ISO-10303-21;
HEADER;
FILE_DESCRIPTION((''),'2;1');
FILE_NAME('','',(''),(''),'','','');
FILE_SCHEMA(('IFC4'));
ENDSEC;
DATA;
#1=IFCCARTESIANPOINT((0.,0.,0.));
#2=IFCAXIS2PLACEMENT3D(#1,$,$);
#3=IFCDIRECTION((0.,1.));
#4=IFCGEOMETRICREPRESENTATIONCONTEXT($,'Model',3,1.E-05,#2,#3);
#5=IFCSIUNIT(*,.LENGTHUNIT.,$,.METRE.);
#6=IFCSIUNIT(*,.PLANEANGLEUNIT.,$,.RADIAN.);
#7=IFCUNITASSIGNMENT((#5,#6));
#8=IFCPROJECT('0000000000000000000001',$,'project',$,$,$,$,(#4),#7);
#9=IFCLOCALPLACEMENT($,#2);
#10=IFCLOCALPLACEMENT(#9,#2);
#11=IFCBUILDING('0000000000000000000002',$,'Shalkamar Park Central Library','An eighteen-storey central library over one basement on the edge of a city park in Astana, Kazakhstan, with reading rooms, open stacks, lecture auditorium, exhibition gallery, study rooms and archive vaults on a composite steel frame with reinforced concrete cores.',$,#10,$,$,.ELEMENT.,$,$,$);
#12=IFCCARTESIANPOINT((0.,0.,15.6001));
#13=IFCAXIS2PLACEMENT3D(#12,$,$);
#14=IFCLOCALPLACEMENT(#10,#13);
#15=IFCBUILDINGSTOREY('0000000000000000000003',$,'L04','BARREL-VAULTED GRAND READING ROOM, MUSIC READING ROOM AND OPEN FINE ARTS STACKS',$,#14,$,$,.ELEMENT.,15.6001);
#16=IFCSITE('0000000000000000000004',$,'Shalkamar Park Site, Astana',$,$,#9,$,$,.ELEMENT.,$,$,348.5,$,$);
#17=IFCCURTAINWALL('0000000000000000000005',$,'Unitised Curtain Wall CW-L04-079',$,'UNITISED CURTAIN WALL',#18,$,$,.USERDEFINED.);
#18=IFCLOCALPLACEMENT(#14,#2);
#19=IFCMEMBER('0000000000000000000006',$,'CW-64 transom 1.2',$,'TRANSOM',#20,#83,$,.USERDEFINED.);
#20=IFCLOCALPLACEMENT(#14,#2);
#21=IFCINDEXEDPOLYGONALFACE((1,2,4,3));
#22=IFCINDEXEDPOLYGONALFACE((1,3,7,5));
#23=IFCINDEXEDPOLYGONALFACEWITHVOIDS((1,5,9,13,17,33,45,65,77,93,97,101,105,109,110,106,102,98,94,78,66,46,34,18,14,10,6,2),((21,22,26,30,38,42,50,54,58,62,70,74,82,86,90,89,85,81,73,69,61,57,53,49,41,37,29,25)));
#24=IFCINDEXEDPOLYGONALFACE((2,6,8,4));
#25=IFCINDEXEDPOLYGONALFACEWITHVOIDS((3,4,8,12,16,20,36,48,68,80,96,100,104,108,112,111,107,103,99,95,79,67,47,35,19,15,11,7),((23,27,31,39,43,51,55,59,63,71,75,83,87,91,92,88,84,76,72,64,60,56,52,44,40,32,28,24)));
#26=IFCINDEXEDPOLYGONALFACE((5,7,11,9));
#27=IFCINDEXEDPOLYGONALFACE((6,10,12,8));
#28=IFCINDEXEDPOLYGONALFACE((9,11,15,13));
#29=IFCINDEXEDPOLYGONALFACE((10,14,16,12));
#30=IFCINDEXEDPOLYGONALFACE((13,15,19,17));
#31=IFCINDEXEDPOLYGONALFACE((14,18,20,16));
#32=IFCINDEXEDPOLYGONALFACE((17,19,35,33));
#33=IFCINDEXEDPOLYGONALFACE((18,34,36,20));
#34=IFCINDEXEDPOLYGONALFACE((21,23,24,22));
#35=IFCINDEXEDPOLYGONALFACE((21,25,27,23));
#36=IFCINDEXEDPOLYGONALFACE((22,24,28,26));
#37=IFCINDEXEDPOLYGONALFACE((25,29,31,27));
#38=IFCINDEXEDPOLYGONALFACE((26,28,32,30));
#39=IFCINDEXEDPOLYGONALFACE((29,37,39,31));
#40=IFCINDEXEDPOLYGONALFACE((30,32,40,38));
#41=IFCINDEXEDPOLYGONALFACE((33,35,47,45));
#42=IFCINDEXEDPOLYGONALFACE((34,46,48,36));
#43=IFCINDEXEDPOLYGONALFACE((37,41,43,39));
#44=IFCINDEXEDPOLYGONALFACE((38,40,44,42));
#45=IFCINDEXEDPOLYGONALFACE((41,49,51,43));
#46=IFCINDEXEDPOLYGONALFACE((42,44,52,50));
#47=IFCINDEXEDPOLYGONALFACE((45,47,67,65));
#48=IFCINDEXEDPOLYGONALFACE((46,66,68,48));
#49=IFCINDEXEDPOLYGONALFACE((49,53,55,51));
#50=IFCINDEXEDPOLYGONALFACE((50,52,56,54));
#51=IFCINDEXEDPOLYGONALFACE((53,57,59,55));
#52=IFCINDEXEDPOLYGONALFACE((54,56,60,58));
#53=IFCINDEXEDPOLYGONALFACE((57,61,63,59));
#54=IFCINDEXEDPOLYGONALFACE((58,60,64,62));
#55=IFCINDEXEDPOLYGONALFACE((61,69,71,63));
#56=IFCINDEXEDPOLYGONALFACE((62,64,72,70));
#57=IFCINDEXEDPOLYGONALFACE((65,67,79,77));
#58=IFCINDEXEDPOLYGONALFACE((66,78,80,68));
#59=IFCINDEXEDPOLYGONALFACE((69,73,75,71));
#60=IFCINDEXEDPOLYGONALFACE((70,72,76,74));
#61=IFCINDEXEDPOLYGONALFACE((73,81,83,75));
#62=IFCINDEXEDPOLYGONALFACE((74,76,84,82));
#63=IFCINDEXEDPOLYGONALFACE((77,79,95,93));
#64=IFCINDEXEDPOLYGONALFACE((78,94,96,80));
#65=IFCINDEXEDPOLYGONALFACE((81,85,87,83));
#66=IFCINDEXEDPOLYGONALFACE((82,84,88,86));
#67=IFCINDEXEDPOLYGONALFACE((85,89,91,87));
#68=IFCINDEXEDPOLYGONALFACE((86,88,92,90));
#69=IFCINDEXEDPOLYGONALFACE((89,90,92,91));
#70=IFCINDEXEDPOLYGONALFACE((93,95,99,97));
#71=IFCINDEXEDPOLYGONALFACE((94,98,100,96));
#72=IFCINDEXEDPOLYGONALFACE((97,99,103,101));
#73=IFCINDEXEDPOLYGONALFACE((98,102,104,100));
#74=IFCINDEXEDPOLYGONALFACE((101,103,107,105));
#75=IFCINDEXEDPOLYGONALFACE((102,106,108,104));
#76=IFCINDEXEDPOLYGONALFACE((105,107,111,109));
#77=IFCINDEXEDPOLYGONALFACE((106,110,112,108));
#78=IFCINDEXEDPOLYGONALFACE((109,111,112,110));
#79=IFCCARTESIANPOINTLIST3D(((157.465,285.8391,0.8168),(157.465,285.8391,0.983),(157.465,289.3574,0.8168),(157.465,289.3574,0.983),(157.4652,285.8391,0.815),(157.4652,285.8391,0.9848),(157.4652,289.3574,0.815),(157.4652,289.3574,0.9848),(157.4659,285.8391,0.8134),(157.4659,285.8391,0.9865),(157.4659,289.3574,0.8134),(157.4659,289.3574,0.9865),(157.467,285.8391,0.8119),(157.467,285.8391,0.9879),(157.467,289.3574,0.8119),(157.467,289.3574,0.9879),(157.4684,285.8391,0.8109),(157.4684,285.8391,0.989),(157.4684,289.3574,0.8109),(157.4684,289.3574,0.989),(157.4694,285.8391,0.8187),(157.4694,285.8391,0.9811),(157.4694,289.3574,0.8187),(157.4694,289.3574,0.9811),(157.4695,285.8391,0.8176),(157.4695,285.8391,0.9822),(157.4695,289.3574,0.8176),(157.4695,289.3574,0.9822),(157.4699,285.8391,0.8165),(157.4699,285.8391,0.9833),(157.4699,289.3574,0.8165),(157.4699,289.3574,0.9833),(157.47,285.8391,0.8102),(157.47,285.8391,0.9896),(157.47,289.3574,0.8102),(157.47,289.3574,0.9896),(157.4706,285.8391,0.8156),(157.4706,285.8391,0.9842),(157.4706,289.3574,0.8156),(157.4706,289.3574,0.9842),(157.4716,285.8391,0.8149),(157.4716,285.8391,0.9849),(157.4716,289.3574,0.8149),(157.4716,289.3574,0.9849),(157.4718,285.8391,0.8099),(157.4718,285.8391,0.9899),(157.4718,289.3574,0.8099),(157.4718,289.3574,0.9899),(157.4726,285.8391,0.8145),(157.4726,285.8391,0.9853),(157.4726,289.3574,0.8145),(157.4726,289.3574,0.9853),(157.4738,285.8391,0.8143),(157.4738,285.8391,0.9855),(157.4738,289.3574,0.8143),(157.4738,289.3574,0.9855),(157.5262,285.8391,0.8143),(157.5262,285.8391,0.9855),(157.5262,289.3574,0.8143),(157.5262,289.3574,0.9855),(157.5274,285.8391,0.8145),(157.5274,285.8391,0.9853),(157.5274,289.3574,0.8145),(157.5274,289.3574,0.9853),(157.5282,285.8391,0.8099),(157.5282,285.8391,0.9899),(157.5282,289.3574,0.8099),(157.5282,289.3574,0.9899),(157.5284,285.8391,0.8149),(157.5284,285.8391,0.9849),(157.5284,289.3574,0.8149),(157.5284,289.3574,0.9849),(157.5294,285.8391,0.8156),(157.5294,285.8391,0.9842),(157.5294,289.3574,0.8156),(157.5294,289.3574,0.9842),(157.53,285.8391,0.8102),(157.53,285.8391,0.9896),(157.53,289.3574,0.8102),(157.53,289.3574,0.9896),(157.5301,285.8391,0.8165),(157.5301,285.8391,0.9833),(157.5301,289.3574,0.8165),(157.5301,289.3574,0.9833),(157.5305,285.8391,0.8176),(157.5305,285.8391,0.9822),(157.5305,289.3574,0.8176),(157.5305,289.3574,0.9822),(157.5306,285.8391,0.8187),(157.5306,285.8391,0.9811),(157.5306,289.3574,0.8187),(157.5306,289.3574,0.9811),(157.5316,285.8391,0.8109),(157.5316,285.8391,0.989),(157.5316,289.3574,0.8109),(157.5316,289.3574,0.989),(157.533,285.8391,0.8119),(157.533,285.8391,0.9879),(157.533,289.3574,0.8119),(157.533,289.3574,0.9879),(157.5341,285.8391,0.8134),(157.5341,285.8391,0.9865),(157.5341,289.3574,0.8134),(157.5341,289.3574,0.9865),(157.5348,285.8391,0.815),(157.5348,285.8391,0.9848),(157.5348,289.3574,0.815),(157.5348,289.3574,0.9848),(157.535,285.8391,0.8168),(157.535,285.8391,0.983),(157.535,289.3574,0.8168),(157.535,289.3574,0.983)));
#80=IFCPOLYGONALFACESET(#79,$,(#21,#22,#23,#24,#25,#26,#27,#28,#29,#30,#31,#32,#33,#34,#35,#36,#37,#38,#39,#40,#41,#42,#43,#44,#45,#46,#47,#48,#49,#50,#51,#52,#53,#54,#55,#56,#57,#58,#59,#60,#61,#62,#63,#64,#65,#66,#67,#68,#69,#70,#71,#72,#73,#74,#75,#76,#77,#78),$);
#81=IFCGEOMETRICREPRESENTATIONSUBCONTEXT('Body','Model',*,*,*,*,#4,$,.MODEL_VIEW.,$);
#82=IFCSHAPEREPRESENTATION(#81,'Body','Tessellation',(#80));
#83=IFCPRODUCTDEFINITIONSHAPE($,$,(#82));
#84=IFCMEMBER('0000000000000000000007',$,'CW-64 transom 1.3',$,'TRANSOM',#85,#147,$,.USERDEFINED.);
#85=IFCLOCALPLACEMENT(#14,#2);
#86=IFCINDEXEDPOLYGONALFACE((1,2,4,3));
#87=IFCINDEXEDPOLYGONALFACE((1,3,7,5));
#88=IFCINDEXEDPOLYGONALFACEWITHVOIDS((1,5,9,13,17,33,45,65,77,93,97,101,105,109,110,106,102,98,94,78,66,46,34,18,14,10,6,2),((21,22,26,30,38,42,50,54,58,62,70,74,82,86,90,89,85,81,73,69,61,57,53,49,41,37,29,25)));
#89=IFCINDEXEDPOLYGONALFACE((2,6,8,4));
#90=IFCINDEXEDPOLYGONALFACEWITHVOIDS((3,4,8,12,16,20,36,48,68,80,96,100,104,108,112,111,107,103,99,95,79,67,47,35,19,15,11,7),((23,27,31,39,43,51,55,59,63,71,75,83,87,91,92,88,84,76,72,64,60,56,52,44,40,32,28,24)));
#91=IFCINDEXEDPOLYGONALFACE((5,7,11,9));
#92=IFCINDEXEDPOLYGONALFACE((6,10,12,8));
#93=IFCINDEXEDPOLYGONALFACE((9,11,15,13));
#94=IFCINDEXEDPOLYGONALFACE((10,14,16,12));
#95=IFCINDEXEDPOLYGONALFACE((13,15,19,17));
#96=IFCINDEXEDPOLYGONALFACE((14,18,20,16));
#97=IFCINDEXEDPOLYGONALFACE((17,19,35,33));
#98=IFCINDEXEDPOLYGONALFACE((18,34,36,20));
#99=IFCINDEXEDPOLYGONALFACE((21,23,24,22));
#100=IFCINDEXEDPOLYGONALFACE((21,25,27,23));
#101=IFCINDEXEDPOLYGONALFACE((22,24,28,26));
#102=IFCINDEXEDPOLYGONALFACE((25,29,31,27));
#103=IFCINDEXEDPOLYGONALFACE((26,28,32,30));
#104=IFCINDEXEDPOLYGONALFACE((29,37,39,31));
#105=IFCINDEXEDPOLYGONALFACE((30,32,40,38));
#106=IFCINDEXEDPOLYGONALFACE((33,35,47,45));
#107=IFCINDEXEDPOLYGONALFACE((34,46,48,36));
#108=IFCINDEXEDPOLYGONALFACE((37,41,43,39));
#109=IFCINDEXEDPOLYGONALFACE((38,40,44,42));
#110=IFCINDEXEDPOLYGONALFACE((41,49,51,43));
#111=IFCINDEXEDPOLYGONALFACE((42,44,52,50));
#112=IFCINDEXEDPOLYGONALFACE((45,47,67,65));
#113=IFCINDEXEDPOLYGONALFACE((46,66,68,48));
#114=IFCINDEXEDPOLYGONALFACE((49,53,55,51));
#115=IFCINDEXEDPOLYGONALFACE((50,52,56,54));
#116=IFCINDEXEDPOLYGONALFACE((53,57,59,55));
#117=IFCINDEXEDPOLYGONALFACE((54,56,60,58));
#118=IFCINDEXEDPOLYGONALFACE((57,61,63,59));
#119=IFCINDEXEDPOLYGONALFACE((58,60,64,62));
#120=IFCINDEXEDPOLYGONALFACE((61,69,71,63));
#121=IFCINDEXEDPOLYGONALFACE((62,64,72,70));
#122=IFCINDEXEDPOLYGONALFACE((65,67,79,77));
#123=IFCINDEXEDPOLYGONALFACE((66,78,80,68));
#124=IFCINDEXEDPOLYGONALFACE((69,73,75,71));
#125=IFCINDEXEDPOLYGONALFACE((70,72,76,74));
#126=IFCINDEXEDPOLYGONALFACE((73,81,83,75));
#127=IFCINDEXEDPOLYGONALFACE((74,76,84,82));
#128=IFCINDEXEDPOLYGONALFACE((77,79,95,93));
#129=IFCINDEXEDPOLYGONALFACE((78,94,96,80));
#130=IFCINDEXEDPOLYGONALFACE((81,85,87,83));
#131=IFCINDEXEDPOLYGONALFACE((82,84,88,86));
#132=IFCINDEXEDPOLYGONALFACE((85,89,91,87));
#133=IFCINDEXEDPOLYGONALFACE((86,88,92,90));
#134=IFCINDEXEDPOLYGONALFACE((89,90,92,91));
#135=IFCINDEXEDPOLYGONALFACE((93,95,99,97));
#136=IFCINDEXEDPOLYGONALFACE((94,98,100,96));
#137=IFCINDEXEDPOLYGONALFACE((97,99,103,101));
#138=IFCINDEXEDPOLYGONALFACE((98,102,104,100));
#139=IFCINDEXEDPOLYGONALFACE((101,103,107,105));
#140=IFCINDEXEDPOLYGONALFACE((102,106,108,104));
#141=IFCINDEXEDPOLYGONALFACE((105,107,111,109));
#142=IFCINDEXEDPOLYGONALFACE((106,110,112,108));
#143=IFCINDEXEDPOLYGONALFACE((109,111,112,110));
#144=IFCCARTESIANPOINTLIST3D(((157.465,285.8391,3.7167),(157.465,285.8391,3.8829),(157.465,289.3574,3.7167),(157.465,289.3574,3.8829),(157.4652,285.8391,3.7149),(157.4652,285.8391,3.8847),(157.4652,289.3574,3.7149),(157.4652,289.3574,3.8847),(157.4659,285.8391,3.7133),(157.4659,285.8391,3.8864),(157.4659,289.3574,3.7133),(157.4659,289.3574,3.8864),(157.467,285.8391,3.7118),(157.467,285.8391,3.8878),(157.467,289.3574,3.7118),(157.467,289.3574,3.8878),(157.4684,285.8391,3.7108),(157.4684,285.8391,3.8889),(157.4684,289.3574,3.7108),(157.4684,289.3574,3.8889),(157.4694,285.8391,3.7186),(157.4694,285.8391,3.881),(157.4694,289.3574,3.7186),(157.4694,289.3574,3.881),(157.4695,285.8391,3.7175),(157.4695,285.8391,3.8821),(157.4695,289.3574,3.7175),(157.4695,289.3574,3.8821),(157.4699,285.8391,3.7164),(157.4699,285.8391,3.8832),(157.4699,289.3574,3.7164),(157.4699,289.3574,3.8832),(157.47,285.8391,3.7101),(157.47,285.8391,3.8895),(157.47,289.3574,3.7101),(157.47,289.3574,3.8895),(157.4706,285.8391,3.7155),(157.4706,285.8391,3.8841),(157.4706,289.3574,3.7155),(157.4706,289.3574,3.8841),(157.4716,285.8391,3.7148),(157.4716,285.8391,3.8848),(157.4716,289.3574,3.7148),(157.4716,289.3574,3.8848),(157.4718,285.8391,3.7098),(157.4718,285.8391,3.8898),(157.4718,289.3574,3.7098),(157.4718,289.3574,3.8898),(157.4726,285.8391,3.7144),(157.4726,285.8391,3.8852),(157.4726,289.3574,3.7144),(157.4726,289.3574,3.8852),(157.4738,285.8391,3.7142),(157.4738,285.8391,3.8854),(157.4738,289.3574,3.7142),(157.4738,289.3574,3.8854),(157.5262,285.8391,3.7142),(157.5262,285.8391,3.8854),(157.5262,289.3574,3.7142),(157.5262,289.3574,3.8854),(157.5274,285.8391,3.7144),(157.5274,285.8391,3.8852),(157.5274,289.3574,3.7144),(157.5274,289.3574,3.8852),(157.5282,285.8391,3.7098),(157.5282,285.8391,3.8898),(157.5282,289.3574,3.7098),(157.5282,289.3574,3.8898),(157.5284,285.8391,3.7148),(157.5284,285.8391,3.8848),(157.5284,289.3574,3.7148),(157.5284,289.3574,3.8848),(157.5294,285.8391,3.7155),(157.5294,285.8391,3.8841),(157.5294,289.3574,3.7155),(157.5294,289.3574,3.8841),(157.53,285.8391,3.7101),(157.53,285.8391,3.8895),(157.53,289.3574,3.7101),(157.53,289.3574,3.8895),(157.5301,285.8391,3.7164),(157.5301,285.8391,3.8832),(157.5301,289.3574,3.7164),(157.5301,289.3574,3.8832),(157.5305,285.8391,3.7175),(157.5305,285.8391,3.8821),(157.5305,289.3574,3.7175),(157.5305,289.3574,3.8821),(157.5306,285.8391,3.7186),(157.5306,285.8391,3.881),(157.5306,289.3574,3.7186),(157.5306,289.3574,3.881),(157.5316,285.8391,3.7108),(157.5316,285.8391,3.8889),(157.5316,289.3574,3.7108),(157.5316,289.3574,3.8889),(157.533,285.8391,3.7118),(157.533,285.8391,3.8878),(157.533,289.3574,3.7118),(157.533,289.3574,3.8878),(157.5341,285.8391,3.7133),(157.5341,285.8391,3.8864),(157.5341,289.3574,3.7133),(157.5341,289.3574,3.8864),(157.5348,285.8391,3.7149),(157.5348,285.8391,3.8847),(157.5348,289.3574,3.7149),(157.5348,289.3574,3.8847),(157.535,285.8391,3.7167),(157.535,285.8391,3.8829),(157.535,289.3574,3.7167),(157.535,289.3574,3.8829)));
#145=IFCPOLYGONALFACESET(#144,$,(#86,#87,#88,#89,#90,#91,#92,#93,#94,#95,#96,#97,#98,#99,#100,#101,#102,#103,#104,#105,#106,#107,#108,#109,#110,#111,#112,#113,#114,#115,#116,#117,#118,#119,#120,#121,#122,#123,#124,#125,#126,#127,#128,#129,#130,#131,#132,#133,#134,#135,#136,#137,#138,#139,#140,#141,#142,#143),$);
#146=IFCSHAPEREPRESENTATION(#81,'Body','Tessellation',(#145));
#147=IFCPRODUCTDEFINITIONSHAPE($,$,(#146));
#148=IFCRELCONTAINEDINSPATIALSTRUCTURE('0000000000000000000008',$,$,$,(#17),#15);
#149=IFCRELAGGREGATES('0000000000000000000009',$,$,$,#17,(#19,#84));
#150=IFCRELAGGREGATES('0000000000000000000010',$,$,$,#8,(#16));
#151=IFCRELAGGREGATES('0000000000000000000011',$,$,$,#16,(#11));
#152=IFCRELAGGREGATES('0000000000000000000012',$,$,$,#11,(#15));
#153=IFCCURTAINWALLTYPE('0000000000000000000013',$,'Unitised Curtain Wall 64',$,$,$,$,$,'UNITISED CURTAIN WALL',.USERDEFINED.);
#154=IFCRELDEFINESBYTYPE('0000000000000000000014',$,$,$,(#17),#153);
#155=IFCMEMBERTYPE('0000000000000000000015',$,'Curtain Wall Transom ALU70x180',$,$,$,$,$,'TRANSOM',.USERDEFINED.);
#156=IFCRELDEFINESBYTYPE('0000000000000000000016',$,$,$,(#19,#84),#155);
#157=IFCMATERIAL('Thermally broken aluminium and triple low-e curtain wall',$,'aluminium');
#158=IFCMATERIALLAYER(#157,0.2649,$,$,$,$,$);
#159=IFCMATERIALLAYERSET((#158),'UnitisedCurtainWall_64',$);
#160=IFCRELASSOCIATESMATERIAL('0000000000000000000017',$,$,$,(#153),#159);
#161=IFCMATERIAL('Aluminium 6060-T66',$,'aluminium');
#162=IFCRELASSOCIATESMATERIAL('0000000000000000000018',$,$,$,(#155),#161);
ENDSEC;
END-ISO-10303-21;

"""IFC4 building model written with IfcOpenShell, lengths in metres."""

from ifc_helpers import new_model, si_unit, direction, frame, origin, origin_2d, place, context, subcontext, project, spatial, hollow_rectangle, extrude, material, layer, layer_set, material_profile, profile_set, type_object, element, aggregate, save


model = new_model("IFC4")

# Units and contexts
model_context = context("Model", 3, precision=1e-05, world=origin(), true_north=direction((0.0, 1.0)))
body_context = subcontext(model_context, "Body", "Model", "MODEL_VIEW")
ifc_project = project(units=[si_unit("LENGTHUNIT", "METRE"), si_unit("PLANEANGLEUNIT", "RADIAN")], contexts=[model_context])

# Site, building, storey
site_placement = place(None, origin())
site = spatial("IfcSite", under=ifc_project, at=site_placement, Name="Shalkamar Park Site, Astana", CompositionType="ELEMENT", RefElevation=348.5)
building_placement = place(site_placement, origin())
building = spatial("IfcBuilding", under=site, at=building_placement, Name="Shalkamar Park Central Library", Description="An eighteen-storey central library over one basement on the edge of a city park in Astana, Kazakhstan, with reading rooms, open stacks, lecture auditorium, exhibition gallery, study rooms and archive vaults on a composite steel frame with reinforced concrete cores.", CompositionType="ELEMENT")
storey_placement = place(building_placement, frame((0.0, 0.0, 15.6001)))
storey = spatial("IfcBuildingStorey", under=building, at=storey_placement, Name="L04", Description="BARREL-VAULTED GRAND READING ROOM, MUSIC READING ROOM AND OPEN FINE ARTS STACKS", CompositionType="ELEMENT", Elevation=15.6001)

# Curtain wall, members
ifc_material_1 = material(Name="Thermally broken aluminium and triple low-e curtain wall", Category="aluminium")
ifc_layer_1 = layer(ifc_material_1, 0.2649)
ifc_layer_set_1 = layer_set([ifc_layer_1], Name="UnitisedCurtainWall_64")
curtain_wall_type = type_object("IfcCurtainWallType", Name="Unitised Curtain Wall 64", ElementType="UNITISED CURTAIN WALL", PredefinedType="USERDEFINED", material=ifc_layer_set_1)
curtain_wall_placement = place(storey_placement, origin())
curtain_wall = element("IfcCurtainWall", 1, at=curtain_wall_placement, inside=storey, type_object=curtain_wall_type, Name="Unitised Curtain Wall CW-L04-079", ObjectType="UNITISED CURTAIN WALL", PredefinedType="USERDEFINED")
ifc_material_2 = material(Name="Aluminium 6060-T66", Category="aluminium")
ifc_material_profile_1 = material_profile(ifc_material_2, hollow_rectangle(XDim=0.0701, YDim=0.1799, WallThickness=0.0044, InnerFilletRadius=0.0044, OuterFilletRadius=0.0068, at=origin_2d()), Name="ALU 70x180x4.5")
ifc_profile_set_1 = profile_set([ifc_material_profile_1], Name="Aluminium 6060-T66")
member_type_1 = type_object("IfcMemberType", Name="Curtain Wall Transom ALU70x180", ElementType="TRANSOM", PredefinedType="USERDEFINED", material=ifc_profile_set_1)
member_1_placement = place(storey_placement, frame((157.5, 285.8391, 0.8999), z_axis=(0.0, 1.0, 0.0), x_axis=(-1.0, 0.0, 0.0)))
member_1 = element("IfcMember", 2, at=member_1_placement, type_object=member_type_1, Name="CW-64 transom 1.2", ObjectType="TRANSOM", PredefinedType="USERDEFINED", context=body_context, shape_type="SweptSolid", body=[
    extrude(hollow_rectangle(XDim=0.0701, YDim=0.1799, WallThickness=0.0044, InnerFilletRadius=0.0044, OuterFilletRadius=0.0068, at=origin_2d()), origin(), (0.0, 0.0, 1.0), 3.5183),
])
member_2_placement = place(storey_placement, frame((157.5, 285.8391, 3.7998), z_axis=(0.0, 1.0, 0.0), x_axis=(-1.0, 0.0, 0.0)))
member_2 = element("IfcMember", 3, at=member_2_placement, type_object=member_type_1, Name="CW-64 transom 1.3", ObjectType="TRANSOM", PredefinedType="USERDEFINED", context=body_context, shape_type="SweptSolid", body=[
    extrude(hollow_rectangle(XDim=0.0701, YDim=0.1799, WallThickness=0.0044, InnerFilletRadius=0.0044, OuterFilletRadius=0.0068, at=origin_2d()), origin(), (0.0, 0.0, 1.0), 3.5183),
])

aggregate(curtain_wall, [member_1, member_2])

save(model, "model.ifc")
